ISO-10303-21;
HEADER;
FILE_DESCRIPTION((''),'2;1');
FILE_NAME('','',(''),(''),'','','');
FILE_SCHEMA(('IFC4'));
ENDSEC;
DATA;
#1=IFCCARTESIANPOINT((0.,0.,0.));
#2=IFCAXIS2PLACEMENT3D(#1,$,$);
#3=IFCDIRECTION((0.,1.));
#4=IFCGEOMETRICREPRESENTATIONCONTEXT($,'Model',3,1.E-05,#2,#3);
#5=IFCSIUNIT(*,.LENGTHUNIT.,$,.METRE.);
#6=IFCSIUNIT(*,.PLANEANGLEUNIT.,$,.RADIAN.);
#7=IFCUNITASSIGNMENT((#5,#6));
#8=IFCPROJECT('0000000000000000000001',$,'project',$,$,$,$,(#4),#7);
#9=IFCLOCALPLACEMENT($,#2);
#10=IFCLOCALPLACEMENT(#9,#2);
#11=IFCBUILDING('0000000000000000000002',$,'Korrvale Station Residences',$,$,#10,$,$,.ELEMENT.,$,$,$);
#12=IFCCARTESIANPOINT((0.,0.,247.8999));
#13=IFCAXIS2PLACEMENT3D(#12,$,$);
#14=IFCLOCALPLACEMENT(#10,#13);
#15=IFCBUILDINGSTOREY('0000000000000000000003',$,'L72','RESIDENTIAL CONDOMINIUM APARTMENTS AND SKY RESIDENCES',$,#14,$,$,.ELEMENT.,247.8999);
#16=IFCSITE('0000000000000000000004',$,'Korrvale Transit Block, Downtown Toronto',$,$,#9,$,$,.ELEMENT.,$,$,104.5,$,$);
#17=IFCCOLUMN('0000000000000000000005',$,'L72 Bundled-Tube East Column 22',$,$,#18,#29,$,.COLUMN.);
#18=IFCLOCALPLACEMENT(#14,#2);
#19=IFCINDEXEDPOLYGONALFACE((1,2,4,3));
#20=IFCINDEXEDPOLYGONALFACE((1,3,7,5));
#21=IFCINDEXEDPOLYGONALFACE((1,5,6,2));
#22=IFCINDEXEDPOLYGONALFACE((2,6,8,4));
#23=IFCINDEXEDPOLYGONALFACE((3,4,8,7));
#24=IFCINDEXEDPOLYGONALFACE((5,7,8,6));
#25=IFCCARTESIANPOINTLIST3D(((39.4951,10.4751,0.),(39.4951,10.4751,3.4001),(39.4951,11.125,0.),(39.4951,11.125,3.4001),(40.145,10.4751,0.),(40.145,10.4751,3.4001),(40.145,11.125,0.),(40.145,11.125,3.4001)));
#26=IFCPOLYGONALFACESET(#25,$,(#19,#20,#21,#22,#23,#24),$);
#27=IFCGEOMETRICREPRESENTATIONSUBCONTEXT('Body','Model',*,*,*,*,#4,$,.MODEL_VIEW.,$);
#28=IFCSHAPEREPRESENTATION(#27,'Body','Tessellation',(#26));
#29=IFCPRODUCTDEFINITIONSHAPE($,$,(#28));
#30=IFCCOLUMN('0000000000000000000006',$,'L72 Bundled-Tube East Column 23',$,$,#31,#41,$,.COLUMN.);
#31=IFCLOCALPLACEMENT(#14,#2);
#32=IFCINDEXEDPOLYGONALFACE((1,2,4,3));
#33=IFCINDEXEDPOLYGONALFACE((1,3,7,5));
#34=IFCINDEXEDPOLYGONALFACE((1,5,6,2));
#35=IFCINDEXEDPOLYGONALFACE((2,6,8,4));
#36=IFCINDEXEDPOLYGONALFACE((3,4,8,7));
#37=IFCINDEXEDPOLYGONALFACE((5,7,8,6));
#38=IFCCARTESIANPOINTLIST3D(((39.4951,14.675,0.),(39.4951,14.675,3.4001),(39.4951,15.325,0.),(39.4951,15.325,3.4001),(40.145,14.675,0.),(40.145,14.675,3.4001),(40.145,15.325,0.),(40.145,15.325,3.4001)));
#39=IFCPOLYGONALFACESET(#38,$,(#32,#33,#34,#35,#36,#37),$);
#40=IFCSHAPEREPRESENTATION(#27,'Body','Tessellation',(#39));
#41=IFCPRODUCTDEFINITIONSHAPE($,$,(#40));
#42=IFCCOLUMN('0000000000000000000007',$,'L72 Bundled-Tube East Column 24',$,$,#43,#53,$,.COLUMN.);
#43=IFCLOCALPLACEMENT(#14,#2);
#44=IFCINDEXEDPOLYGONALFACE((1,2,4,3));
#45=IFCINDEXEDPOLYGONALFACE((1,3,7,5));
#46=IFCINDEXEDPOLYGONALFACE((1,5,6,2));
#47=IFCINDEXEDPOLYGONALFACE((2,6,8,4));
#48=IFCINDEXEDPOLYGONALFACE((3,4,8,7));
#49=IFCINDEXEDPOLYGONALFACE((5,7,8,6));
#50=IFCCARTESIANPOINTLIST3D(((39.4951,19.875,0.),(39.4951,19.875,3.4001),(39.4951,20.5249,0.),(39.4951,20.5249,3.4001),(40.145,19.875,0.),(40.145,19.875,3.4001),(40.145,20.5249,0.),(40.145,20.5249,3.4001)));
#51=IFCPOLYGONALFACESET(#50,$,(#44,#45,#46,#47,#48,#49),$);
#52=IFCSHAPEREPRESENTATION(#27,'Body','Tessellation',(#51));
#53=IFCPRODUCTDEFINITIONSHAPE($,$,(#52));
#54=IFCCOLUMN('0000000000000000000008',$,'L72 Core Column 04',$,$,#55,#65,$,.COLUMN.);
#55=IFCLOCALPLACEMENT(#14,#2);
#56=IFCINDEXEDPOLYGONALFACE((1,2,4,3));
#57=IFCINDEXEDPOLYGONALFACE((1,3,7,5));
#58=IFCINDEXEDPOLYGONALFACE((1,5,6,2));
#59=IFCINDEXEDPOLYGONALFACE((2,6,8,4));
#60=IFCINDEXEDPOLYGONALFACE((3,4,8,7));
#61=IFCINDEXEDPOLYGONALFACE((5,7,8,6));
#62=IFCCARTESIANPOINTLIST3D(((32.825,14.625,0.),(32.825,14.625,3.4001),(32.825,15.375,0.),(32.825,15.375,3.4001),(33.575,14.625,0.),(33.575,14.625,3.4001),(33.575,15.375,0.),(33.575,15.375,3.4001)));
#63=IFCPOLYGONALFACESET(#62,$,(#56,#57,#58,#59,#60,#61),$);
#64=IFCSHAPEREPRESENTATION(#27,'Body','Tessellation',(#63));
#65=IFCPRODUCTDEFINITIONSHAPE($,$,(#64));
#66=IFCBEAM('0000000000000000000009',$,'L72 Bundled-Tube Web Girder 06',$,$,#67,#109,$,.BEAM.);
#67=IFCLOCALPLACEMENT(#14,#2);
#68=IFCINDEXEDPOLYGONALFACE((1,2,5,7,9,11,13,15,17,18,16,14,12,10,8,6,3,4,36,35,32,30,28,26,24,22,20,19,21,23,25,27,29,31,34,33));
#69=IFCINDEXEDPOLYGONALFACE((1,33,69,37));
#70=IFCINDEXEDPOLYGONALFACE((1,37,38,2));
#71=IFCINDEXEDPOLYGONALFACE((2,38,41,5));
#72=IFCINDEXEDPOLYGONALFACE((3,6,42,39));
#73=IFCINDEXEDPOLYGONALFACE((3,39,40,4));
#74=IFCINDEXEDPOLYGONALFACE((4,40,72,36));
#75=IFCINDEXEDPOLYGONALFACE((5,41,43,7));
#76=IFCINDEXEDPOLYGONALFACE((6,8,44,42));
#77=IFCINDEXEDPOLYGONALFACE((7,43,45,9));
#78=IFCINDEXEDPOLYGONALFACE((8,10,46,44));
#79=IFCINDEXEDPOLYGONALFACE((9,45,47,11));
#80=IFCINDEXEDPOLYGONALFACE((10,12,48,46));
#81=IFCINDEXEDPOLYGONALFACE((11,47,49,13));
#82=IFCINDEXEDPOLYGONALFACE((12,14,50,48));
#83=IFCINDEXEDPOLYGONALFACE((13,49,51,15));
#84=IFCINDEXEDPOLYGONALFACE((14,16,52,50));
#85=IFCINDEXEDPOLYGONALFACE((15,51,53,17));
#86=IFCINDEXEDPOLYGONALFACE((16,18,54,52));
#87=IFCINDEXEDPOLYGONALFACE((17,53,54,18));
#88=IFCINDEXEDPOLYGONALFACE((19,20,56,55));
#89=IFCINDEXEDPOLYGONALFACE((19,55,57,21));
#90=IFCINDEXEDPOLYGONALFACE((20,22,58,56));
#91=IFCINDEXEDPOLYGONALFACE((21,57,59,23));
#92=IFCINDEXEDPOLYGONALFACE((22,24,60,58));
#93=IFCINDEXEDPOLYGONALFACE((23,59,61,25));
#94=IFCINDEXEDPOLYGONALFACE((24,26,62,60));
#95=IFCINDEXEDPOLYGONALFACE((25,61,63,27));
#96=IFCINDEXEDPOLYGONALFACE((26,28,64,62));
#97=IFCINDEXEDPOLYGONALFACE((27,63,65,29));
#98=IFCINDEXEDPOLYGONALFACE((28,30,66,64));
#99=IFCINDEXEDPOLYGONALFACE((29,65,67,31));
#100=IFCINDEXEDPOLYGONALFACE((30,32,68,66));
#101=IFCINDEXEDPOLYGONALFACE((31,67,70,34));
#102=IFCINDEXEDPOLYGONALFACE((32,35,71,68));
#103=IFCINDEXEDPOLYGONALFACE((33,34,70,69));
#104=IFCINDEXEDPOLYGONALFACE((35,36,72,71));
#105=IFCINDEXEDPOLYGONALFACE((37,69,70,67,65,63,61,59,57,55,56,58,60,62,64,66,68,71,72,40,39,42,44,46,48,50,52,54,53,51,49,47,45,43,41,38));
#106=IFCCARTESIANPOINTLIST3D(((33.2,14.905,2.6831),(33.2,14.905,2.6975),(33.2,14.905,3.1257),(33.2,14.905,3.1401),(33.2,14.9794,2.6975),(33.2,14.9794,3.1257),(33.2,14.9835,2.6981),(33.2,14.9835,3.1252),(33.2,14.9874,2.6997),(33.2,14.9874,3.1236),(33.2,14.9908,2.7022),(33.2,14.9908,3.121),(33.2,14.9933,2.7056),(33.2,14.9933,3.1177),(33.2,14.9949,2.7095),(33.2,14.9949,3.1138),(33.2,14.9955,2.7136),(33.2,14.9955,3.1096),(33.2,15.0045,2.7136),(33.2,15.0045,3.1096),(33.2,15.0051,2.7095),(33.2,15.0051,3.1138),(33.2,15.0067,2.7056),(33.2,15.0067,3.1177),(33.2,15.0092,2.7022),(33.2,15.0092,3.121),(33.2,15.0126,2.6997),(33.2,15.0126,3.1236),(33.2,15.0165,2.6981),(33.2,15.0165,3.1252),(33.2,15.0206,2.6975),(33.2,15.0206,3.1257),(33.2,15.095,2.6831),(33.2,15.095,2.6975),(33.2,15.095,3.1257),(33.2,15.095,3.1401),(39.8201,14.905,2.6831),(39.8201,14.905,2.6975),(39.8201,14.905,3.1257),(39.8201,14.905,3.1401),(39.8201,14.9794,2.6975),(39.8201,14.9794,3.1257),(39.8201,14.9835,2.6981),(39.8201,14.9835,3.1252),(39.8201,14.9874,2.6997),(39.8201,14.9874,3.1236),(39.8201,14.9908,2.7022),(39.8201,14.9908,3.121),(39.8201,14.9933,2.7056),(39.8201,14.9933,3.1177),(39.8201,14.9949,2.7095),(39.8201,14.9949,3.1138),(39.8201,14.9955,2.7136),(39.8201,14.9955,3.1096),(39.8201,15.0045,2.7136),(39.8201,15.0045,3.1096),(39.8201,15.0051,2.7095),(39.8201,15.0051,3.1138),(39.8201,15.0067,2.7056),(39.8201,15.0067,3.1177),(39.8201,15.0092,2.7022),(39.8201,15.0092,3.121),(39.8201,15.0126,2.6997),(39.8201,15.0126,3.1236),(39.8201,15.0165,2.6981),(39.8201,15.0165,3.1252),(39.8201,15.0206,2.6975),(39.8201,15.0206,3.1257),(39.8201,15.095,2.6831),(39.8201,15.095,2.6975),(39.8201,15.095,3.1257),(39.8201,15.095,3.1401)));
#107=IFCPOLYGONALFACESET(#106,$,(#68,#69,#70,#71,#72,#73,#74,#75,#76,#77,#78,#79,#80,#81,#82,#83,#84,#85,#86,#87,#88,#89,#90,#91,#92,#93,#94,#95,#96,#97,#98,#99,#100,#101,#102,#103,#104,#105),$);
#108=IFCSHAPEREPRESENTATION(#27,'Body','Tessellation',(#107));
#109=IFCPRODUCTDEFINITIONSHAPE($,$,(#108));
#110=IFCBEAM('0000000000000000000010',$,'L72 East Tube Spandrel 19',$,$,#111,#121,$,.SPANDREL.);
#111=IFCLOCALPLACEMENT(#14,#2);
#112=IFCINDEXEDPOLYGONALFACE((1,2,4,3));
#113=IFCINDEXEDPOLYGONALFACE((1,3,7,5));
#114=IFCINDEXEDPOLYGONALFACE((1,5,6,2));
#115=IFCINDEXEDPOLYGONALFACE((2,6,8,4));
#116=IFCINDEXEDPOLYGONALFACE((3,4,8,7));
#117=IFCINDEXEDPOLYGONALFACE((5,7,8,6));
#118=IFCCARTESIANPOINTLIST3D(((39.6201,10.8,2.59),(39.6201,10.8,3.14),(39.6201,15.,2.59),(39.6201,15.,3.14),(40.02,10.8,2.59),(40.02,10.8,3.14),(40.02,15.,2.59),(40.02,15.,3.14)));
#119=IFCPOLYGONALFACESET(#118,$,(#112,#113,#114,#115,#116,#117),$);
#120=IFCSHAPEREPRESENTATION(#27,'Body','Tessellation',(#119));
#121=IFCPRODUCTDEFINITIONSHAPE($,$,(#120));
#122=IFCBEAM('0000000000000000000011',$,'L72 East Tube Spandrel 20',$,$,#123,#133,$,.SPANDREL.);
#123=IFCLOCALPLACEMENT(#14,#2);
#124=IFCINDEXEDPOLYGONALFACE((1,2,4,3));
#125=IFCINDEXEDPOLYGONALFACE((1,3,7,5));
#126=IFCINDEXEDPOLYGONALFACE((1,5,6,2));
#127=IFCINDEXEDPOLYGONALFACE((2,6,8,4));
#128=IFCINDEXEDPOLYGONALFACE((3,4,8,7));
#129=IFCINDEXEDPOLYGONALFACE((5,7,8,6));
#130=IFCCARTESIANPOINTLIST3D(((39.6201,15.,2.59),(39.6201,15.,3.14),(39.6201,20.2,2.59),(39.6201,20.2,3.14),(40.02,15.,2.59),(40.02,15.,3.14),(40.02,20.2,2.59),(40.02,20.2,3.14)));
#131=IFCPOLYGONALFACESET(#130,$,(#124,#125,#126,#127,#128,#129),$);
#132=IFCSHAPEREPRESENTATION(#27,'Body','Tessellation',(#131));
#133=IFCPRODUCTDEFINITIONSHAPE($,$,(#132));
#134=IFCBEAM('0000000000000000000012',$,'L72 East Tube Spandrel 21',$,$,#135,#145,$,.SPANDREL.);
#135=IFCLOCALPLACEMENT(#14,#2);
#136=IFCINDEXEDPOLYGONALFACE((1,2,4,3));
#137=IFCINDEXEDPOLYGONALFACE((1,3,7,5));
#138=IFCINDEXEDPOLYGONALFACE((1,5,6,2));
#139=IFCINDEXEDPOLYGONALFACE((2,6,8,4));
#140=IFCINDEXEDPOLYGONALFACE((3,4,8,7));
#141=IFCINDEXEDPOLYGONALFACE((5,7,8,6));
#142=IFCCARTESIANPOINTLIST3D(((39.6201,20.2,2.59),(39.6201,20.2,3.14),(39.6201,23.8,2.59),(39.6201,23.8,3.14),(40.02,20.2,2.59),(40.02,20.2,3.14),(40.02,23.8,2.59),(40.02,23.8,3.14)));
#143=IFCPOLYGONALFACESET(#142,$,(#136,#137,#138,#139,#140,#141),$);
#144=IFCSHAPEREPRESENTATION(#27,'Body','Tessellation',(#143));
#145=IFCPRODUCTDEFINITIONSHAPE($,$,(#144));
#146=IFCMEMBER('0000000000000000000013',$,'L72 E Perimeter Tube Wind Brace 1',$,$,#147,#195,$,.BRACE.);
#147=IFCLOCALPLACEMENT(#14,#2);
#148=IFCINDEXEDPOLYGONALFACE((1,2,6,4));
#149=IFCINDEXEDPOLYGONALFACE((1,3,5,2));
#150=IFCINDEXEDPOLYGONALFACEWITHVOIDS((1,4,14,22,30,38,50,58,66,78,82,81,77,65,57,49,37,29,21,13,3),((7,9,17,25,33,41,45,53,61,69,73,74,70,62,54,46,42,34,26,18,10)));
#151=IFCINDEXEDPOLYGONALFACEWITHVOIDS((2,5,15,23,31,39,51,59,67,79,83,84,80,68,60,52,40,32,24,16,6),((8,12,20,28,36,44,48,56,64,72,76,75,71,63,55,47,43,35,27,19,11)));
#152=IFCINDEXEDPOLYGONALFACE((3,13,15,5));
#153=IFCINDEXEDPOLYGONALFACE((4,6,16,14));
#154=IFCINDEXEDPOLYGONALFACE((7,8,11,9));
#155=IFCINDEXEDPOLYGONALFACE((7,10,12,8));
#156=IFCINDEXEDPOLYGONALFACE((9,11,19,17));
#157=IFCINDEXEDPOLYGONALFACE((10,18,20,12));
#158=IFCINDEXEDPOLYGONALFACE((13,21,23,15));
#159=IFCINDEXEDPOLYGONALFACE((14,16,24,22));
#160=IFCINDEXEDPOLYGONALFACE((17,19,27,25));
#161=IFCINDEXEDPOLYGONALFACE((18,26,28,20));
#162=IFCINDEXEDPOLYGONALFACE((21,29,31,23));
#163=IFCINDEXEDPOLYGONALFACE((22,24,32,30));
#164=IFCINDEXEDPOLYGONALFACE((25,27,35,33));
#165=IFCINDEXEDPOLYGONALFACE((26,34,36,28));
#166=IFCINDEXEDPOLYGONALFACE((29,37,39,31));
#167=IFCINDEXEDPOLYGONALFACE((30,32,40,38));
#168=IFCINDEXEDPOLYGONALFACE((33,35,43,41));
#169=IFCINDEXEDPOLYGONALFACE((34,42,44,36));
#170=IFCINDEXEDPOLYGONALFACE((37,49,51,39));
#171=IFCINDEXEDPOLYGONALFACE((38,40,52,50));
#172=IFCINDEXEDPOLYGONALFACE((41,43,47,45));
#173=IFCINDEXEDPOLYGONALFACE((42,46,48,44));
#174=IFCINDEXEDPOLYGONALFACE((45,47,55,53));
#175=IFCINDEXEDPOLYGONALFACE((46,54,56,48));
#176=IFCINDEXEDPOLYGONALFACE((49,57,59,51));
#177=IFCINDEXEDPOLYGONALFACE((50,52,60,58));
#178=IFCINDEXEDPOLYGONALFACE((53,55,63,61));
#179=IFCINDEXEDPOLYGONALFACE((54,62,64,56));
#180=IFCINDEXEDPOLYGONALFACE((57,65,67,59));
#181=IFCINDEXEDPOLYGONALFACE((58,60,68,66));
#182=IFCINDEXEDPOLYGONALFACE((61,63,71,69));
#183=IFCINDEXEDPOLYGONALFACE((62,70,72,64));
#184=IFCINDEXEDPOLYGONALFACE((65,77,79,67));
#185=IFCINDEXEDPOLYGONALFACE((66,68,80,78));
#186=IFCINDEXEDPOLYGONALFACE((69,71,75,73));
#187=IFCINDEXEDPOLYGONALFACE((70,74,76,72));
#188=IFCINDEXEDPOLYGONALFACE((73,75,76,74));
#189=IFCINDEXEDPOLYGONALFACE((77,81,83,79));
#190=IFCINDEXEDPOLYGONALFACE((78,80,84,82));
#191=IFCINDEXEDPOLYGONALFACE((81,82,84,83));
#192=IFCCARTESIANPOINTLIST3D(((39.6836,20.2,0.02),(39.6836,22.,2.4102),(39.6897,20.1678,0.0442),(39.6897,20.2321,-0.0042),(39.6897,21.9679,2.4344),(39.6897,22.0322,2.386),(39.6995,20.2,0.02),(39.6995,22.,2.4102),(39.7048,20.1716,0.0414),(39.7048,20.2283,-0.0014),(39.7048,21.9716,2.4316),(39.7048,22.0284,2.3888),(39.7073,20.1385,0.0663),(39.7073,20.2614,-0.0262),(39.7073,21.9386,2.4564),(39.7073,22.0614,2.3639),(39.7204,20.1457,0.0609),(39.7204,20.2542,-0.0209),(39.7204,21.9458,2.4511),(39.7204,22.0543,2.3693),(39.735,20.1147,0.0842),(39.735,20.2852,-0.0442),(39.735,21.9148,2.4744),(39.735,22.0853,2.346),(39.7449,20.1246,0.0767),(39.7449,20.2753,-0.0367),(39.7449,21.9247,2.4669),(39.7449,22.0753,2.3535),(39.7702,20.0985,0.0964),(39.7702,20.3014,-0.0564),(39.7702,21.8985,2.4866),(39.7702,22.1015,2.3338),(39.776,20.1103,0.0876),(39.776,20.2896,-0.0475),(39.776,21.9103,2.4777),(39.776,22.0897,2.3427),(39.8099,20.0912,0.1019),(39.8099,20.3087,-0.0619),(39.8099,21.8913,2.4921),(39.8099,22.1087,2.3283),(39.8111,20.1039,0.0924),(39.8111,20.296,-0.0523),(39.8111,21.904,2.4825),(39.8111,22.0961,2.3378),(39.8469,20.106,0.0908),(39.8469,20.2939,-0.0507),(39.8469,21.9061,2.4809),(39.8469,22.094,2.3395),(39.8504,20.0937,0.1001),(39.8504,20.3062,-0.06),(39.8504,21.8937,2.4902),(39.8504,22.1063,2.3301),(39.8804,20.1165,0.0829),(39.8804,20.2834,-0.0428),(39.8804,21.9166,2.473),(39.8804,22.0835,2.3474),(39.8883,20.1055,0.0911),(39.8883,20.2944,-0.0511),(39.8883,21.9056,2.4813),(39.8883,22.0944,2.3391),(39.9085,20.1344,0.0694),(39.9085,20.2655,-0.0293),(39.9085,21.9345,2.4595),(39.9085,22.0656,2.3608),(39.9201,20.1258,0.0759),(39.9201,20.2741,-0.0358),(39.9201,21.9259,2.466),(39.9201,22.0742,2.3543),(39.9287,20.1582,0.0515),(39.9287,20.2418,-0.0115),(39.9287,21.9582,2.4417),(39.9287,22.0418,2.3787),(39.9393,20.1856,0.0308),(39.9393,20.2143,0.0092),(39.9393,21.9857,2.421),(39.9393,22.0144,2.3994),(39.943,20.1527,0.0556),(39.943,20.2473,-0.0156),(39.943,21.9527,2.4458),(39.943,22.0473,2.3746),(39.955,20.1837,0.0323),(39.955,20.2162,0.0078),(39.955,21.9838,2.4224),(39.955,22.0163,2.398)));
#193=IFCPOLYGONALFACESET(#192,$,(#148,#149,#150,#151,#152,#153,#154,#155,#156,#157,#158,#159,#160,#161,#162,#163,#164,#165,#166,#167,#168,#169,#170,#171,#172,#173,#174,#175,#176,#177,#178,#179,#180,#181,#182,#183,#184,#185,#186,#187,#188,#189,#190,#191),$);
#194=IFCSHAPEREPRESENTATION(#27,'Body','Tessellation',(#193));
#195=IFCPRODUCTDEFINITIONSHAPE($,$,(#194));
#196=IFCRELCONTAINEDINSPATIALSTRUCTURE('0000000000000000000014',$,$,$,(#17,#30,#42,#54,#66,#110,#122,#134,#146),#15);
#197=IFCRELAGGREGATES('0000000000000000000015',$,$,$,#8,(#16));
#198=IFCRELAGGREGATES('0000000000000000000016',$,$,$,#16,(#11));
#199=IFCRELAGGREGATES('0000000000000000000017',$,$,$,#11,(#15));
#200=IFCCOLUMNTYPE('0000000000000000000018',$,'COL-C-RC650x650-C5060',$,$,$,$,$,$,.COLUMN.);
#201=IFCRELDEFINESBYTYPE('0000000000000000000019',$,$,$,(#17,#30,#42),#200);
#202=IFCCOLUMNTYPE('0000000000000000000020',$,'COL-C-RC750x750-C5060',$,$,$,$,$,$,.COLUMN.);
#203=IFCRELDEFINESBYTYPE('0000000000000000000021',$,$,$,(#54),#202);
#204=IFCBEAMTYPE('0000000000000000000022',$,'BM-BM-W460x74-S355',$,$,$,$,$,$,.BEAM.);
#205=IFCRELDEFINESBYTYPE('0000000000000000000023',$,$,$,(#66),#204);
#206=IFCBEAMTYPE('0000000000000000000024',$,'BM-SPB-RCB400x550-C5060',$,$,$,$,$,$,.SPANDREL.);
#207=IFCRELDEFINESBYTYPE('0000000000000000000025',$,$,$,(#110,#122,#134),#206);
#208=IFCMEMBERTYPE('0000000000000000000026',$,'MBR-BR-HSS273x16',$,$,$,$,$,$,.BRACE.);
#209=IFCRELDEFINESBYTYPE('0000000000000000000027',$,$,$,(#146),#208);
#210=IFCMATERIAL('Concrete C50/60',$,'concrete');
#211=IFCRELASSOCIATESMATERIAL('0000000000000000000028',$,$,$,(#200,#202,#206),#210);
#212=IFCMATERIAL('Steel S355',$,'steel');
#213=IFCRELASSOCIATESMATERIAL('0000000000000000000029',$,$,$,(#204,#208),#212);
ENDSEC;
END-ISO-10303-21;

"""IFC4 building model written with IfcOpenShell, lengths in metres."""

from ifc_helpers import new_model, si_unit, direction, frame, origin, origin_2d, place, context, subcontext, project, spatial, rectangle, hollow_circle, i_section, extrude, material, material_profile, profile_set, type_object, element, save


model = new_model("IFC4")

# Units and contexts
model_context = context("Model", 3, precision=1e-05, world=origin(), true_north=direction((0.0, 1.0)))
body_context = subcontext(model_context, "Body", "Model", "MODEL_VIEW")
ifc_project = project(units=[si_unit("LENGTHUNIT", "METRE"), si_unit("PLANEANGLEUNIT", "RADIAN")], contexts=[model_context])

# Site, building, storey
site_placement = place(None, origin())
site = spatial("IfcSite", under=ifc_project, at=site_placement, Name="Korrvale Transit Block, Downtown Toronto", CompositionType="ELEMENT", RefElevation=104.5)
building_placement = place(site_placement, origin())
building = spatial("IfcBuilding", under=site, at=building_placement, Name="Korrvale Station Residences", CompositionType="ELEMENT")
storey_placement = place(building_placement, frame((0.0, 0.0, 247.8999)))
storey = spatial("IfcBuildingStorey", under=building, at=storey_placement, Name="L72", Description="RESIDENTIAL CONDOMINIUM APARTMENTS AND SKY RESIDENCES", CompositionType="ELEMENT", Elevation=247.8999)

# Columns
ifc_material_1 = material(Name="Concrete C50/60", Category="concrete")
ifc_material_profile_1 = material_profile(ifc_material_1, rectangle(XDim=0.6499, YDim=0.6499, at=origin_2d()), Name="RC650x650")
ifc_profile_set_1 = profile_set([ifc_material_profile_1], Name="Concrete C50/60")
column_type_1 = type_object("IfcColumnType", Name="COL-C-RC650x650-C5060", PredefinedType="COLUMN", material=ifc_profile_set_1)
for number, where, z_axis, x_axis, name in (
    (1, (39.8201, 10.8, 0.0), (0.0, 0.0, 1.0), (1.0, 0.0, 0.0), "L72 Bundled-Tube East Column 22"),
    (2, (39.8201, 15.0, 0.0), (0.0, 0.0, 1.0), (1.0, 0.0, 0.0), "L72 Bundled-Tube East Column 23"),
    (3, (39.8201, 20.2, 0.0), (0.0, 0.0, 1.0), (1.0, 0.0, 0.0), "L72 Bundled-Tube East Column 24"),
):
    element("IfcColumn", number, at=place(storey_placement, frame(where, z_axis=z_axis, x_axis=x_axis)), inside=storey, type_object=column_type_1, Name=name, PredefinedType="COLUMN", context=body_context, shape_type="SweptSolid", body=[
        extrude(rectangle(XDim=0.6499, YDim=0.6499, at=origin_2d()), origin(), (0.0, 0.0, 1.0), 3.4001),
    ])
ifc_material_profile_2 = material_profile(ifc_material_1, rectangle(XDim=0.75, YDim=0.75, at=origin_2d()), Name="RC750x750")
ifc_profile_set_2 = profile_set([ifc_material_profile_2], Name="Concrete C50/60")
column_type_2 = type_object("IfcColumnType", Name="COL-C-RC750x750-C5060", PredefinedType="COLUMN", material=ifc_profile_set_2)
column_placement = place(storey_placement, frame((33.2, 15.0, 0.0), z_axis=(0.0, 0.0, 1.0), x_axis=(1.0, 0.0, 0.0)))
element("IfcColumn", 4, at=column_placement, inside=storey, type_object=column_type_2, Name="L72 Core Column 04", PredefinedType="COLUMN", context=body_context, shape_type="SweptSolid", body=[
    extrude(rectangle(XDim=0.75, YDim=0.75, at=origin_2d()), origin(), (0.0, 0.0, 1.0), 3.4001),
])

# Beams
ifc_material_2 = material(Name="Steel S355", Category="steel")
ifc_material_profile_3 = material_profile(ifc_material_2, i_section(OverallWidth=0.1899, OverallDepth=0.457, WebThickness=0.009, FlangeThickness=0.0144, FilletRadius=0.0161, at=origin_2d()), Name="W460x74")
ifc_profile_set_3 = profile_set([ifc_material_profile_3], Name="Steel S355")
beam_type_1 = type_object("IfcBeamType", Name="BM-BM-W460x74-S355", PredefinedType="BEAM", material=ifc_profile_set_3)
beam_1_placement = place(storey_placement, frame((33.2, 15.0, 2.9116), z_axis=(1.0, 0.0, 0.0), x_axis=(0.0, 1.0, 0.0)))
element("IfcBeam", 5, at=beam_1_placement, inside=storey, type_object=beam_type_1, Name="L72 Bundled-Tube Web Girder 06", PredefinedType="BEAM", context=body_context, shape_type="SweptSolid", body=[
    extrude(i_section(OverallWidth=0.1899, OverallDepth=0.457, WebThickness=0.009, FlangeThickness=0.0144, FilletRadius=0.0161, at=origin_2d()), origin(), (0.0, 0.0, 1.0), 6.6201),
])
ifc_material_profile_4 = material_profile(ifc_material_1, rectangle(XDim=0.3999, YDim=0.55, at=origin_2d()), Name="RCB400x550")
ifc_profile_set_4 = profile_set([ifc_material_profile_4], Name="Concrete C50/60")
beam_type_2 = type_object("IfcBeamType", Name="BM-SPB-RCB400x550-C5060", PredefinedType="SPANDREL", material=ifc_profile_set_4)
beam_2_placement = place(storey_placement, frame((39.8201, 10.8, 2.865), z_axis=(0.0, 1.0, 0.0), x_axis=(-1.0, 0.0, 0.0)))
element("IfcBeam", 6, at=beam_2_placement, inside=storey, type_object=beam_type_2, Name="L72 East Tube Spandrel 19", PredefinedType="SPANDREL", context=body_context, shape_type="SweptSolid", body=[
    extrude(rectangle(XDim=0.3999, YDim=0.55, at=origin_2d()), origin(), (0.0, 0.0, 1.0), 4.2),
])
beam_3_placement = place(storey_placement, frame((39.8201, 15.0, 2.865), z_axis=(0.0, 1.0, 0.0), x_axis=(-1.0, 0.0, 0.0)))
element("IfcBeam", 7, at=beam_3_placement, inside=storey, type_object=beam_type_2, Name="L72 East Tube Spandrel 20", PredefinedType="SPANDREL", context=body_context, shape_type="SweptSolid", body=[
    extrude(rectangle(XDim=0.3999, YDim=0.55, at=origin_2d()), origin(), (0.0, 0.0, 1.0), 5.2),
])
beam_4_placement = place(storey_placement, frame((39.8201, 20.2, 2.865), z_axis=(0.0, 1.0, 0.0), x_axis=(-1.0, 0.0, 0.0)))
element("IfcBeam", 8, at=beam_4_placement, inside=storey, type_object=beam_type_2, Name="L72 East Tube Spandrel 21", PredefinedType="SPANDREL", context=body_context, shape_type="SweptSolid", body=[
    extrude(rectangle(XDim=0.3999, YDim=0.55, at=origin_2d()), origin(), (0.0, 0.0, 1.0), 3.6001),
])

# Member
ifc_material_profile_5 = material_profile(ifc_material_2, hollow_circle(Radius=0.1365, WallThickness=0.0159, at=origin_2d()), Name="HSS273x16")
ifc_profile_set_5 = profile_set([ifc_material_profile_5], Name="Steel S355")
member_type = type_object("IfcMemberType", Name="MBR-BR-HSS273x16", PredefinedType="BRACE", material=ifc_profile_set_5)
member_placement = place(storey_placement, frame((39.8201, 20.2, 0.02), z_axis=(0.0, 0.601592, 0.798804), x_axis=(-1.0, 0.0, 0.0)))
element("IfcMember", 9, at=member_placement, inside=storey, type_object=member_type, Name="L72 E Perimeter Tube Wind Brace 1", PredefinedType="BRACE", context=body_context, shape_type="SweptSolid", body=[
    extrude(hollow_circle(Radius=0.1365, WallThickness=0.0159, at=origin_2d()), origin(), (0.0, 0.0, 1.0), 2.9922),
])

save(model, "model.ifc")
